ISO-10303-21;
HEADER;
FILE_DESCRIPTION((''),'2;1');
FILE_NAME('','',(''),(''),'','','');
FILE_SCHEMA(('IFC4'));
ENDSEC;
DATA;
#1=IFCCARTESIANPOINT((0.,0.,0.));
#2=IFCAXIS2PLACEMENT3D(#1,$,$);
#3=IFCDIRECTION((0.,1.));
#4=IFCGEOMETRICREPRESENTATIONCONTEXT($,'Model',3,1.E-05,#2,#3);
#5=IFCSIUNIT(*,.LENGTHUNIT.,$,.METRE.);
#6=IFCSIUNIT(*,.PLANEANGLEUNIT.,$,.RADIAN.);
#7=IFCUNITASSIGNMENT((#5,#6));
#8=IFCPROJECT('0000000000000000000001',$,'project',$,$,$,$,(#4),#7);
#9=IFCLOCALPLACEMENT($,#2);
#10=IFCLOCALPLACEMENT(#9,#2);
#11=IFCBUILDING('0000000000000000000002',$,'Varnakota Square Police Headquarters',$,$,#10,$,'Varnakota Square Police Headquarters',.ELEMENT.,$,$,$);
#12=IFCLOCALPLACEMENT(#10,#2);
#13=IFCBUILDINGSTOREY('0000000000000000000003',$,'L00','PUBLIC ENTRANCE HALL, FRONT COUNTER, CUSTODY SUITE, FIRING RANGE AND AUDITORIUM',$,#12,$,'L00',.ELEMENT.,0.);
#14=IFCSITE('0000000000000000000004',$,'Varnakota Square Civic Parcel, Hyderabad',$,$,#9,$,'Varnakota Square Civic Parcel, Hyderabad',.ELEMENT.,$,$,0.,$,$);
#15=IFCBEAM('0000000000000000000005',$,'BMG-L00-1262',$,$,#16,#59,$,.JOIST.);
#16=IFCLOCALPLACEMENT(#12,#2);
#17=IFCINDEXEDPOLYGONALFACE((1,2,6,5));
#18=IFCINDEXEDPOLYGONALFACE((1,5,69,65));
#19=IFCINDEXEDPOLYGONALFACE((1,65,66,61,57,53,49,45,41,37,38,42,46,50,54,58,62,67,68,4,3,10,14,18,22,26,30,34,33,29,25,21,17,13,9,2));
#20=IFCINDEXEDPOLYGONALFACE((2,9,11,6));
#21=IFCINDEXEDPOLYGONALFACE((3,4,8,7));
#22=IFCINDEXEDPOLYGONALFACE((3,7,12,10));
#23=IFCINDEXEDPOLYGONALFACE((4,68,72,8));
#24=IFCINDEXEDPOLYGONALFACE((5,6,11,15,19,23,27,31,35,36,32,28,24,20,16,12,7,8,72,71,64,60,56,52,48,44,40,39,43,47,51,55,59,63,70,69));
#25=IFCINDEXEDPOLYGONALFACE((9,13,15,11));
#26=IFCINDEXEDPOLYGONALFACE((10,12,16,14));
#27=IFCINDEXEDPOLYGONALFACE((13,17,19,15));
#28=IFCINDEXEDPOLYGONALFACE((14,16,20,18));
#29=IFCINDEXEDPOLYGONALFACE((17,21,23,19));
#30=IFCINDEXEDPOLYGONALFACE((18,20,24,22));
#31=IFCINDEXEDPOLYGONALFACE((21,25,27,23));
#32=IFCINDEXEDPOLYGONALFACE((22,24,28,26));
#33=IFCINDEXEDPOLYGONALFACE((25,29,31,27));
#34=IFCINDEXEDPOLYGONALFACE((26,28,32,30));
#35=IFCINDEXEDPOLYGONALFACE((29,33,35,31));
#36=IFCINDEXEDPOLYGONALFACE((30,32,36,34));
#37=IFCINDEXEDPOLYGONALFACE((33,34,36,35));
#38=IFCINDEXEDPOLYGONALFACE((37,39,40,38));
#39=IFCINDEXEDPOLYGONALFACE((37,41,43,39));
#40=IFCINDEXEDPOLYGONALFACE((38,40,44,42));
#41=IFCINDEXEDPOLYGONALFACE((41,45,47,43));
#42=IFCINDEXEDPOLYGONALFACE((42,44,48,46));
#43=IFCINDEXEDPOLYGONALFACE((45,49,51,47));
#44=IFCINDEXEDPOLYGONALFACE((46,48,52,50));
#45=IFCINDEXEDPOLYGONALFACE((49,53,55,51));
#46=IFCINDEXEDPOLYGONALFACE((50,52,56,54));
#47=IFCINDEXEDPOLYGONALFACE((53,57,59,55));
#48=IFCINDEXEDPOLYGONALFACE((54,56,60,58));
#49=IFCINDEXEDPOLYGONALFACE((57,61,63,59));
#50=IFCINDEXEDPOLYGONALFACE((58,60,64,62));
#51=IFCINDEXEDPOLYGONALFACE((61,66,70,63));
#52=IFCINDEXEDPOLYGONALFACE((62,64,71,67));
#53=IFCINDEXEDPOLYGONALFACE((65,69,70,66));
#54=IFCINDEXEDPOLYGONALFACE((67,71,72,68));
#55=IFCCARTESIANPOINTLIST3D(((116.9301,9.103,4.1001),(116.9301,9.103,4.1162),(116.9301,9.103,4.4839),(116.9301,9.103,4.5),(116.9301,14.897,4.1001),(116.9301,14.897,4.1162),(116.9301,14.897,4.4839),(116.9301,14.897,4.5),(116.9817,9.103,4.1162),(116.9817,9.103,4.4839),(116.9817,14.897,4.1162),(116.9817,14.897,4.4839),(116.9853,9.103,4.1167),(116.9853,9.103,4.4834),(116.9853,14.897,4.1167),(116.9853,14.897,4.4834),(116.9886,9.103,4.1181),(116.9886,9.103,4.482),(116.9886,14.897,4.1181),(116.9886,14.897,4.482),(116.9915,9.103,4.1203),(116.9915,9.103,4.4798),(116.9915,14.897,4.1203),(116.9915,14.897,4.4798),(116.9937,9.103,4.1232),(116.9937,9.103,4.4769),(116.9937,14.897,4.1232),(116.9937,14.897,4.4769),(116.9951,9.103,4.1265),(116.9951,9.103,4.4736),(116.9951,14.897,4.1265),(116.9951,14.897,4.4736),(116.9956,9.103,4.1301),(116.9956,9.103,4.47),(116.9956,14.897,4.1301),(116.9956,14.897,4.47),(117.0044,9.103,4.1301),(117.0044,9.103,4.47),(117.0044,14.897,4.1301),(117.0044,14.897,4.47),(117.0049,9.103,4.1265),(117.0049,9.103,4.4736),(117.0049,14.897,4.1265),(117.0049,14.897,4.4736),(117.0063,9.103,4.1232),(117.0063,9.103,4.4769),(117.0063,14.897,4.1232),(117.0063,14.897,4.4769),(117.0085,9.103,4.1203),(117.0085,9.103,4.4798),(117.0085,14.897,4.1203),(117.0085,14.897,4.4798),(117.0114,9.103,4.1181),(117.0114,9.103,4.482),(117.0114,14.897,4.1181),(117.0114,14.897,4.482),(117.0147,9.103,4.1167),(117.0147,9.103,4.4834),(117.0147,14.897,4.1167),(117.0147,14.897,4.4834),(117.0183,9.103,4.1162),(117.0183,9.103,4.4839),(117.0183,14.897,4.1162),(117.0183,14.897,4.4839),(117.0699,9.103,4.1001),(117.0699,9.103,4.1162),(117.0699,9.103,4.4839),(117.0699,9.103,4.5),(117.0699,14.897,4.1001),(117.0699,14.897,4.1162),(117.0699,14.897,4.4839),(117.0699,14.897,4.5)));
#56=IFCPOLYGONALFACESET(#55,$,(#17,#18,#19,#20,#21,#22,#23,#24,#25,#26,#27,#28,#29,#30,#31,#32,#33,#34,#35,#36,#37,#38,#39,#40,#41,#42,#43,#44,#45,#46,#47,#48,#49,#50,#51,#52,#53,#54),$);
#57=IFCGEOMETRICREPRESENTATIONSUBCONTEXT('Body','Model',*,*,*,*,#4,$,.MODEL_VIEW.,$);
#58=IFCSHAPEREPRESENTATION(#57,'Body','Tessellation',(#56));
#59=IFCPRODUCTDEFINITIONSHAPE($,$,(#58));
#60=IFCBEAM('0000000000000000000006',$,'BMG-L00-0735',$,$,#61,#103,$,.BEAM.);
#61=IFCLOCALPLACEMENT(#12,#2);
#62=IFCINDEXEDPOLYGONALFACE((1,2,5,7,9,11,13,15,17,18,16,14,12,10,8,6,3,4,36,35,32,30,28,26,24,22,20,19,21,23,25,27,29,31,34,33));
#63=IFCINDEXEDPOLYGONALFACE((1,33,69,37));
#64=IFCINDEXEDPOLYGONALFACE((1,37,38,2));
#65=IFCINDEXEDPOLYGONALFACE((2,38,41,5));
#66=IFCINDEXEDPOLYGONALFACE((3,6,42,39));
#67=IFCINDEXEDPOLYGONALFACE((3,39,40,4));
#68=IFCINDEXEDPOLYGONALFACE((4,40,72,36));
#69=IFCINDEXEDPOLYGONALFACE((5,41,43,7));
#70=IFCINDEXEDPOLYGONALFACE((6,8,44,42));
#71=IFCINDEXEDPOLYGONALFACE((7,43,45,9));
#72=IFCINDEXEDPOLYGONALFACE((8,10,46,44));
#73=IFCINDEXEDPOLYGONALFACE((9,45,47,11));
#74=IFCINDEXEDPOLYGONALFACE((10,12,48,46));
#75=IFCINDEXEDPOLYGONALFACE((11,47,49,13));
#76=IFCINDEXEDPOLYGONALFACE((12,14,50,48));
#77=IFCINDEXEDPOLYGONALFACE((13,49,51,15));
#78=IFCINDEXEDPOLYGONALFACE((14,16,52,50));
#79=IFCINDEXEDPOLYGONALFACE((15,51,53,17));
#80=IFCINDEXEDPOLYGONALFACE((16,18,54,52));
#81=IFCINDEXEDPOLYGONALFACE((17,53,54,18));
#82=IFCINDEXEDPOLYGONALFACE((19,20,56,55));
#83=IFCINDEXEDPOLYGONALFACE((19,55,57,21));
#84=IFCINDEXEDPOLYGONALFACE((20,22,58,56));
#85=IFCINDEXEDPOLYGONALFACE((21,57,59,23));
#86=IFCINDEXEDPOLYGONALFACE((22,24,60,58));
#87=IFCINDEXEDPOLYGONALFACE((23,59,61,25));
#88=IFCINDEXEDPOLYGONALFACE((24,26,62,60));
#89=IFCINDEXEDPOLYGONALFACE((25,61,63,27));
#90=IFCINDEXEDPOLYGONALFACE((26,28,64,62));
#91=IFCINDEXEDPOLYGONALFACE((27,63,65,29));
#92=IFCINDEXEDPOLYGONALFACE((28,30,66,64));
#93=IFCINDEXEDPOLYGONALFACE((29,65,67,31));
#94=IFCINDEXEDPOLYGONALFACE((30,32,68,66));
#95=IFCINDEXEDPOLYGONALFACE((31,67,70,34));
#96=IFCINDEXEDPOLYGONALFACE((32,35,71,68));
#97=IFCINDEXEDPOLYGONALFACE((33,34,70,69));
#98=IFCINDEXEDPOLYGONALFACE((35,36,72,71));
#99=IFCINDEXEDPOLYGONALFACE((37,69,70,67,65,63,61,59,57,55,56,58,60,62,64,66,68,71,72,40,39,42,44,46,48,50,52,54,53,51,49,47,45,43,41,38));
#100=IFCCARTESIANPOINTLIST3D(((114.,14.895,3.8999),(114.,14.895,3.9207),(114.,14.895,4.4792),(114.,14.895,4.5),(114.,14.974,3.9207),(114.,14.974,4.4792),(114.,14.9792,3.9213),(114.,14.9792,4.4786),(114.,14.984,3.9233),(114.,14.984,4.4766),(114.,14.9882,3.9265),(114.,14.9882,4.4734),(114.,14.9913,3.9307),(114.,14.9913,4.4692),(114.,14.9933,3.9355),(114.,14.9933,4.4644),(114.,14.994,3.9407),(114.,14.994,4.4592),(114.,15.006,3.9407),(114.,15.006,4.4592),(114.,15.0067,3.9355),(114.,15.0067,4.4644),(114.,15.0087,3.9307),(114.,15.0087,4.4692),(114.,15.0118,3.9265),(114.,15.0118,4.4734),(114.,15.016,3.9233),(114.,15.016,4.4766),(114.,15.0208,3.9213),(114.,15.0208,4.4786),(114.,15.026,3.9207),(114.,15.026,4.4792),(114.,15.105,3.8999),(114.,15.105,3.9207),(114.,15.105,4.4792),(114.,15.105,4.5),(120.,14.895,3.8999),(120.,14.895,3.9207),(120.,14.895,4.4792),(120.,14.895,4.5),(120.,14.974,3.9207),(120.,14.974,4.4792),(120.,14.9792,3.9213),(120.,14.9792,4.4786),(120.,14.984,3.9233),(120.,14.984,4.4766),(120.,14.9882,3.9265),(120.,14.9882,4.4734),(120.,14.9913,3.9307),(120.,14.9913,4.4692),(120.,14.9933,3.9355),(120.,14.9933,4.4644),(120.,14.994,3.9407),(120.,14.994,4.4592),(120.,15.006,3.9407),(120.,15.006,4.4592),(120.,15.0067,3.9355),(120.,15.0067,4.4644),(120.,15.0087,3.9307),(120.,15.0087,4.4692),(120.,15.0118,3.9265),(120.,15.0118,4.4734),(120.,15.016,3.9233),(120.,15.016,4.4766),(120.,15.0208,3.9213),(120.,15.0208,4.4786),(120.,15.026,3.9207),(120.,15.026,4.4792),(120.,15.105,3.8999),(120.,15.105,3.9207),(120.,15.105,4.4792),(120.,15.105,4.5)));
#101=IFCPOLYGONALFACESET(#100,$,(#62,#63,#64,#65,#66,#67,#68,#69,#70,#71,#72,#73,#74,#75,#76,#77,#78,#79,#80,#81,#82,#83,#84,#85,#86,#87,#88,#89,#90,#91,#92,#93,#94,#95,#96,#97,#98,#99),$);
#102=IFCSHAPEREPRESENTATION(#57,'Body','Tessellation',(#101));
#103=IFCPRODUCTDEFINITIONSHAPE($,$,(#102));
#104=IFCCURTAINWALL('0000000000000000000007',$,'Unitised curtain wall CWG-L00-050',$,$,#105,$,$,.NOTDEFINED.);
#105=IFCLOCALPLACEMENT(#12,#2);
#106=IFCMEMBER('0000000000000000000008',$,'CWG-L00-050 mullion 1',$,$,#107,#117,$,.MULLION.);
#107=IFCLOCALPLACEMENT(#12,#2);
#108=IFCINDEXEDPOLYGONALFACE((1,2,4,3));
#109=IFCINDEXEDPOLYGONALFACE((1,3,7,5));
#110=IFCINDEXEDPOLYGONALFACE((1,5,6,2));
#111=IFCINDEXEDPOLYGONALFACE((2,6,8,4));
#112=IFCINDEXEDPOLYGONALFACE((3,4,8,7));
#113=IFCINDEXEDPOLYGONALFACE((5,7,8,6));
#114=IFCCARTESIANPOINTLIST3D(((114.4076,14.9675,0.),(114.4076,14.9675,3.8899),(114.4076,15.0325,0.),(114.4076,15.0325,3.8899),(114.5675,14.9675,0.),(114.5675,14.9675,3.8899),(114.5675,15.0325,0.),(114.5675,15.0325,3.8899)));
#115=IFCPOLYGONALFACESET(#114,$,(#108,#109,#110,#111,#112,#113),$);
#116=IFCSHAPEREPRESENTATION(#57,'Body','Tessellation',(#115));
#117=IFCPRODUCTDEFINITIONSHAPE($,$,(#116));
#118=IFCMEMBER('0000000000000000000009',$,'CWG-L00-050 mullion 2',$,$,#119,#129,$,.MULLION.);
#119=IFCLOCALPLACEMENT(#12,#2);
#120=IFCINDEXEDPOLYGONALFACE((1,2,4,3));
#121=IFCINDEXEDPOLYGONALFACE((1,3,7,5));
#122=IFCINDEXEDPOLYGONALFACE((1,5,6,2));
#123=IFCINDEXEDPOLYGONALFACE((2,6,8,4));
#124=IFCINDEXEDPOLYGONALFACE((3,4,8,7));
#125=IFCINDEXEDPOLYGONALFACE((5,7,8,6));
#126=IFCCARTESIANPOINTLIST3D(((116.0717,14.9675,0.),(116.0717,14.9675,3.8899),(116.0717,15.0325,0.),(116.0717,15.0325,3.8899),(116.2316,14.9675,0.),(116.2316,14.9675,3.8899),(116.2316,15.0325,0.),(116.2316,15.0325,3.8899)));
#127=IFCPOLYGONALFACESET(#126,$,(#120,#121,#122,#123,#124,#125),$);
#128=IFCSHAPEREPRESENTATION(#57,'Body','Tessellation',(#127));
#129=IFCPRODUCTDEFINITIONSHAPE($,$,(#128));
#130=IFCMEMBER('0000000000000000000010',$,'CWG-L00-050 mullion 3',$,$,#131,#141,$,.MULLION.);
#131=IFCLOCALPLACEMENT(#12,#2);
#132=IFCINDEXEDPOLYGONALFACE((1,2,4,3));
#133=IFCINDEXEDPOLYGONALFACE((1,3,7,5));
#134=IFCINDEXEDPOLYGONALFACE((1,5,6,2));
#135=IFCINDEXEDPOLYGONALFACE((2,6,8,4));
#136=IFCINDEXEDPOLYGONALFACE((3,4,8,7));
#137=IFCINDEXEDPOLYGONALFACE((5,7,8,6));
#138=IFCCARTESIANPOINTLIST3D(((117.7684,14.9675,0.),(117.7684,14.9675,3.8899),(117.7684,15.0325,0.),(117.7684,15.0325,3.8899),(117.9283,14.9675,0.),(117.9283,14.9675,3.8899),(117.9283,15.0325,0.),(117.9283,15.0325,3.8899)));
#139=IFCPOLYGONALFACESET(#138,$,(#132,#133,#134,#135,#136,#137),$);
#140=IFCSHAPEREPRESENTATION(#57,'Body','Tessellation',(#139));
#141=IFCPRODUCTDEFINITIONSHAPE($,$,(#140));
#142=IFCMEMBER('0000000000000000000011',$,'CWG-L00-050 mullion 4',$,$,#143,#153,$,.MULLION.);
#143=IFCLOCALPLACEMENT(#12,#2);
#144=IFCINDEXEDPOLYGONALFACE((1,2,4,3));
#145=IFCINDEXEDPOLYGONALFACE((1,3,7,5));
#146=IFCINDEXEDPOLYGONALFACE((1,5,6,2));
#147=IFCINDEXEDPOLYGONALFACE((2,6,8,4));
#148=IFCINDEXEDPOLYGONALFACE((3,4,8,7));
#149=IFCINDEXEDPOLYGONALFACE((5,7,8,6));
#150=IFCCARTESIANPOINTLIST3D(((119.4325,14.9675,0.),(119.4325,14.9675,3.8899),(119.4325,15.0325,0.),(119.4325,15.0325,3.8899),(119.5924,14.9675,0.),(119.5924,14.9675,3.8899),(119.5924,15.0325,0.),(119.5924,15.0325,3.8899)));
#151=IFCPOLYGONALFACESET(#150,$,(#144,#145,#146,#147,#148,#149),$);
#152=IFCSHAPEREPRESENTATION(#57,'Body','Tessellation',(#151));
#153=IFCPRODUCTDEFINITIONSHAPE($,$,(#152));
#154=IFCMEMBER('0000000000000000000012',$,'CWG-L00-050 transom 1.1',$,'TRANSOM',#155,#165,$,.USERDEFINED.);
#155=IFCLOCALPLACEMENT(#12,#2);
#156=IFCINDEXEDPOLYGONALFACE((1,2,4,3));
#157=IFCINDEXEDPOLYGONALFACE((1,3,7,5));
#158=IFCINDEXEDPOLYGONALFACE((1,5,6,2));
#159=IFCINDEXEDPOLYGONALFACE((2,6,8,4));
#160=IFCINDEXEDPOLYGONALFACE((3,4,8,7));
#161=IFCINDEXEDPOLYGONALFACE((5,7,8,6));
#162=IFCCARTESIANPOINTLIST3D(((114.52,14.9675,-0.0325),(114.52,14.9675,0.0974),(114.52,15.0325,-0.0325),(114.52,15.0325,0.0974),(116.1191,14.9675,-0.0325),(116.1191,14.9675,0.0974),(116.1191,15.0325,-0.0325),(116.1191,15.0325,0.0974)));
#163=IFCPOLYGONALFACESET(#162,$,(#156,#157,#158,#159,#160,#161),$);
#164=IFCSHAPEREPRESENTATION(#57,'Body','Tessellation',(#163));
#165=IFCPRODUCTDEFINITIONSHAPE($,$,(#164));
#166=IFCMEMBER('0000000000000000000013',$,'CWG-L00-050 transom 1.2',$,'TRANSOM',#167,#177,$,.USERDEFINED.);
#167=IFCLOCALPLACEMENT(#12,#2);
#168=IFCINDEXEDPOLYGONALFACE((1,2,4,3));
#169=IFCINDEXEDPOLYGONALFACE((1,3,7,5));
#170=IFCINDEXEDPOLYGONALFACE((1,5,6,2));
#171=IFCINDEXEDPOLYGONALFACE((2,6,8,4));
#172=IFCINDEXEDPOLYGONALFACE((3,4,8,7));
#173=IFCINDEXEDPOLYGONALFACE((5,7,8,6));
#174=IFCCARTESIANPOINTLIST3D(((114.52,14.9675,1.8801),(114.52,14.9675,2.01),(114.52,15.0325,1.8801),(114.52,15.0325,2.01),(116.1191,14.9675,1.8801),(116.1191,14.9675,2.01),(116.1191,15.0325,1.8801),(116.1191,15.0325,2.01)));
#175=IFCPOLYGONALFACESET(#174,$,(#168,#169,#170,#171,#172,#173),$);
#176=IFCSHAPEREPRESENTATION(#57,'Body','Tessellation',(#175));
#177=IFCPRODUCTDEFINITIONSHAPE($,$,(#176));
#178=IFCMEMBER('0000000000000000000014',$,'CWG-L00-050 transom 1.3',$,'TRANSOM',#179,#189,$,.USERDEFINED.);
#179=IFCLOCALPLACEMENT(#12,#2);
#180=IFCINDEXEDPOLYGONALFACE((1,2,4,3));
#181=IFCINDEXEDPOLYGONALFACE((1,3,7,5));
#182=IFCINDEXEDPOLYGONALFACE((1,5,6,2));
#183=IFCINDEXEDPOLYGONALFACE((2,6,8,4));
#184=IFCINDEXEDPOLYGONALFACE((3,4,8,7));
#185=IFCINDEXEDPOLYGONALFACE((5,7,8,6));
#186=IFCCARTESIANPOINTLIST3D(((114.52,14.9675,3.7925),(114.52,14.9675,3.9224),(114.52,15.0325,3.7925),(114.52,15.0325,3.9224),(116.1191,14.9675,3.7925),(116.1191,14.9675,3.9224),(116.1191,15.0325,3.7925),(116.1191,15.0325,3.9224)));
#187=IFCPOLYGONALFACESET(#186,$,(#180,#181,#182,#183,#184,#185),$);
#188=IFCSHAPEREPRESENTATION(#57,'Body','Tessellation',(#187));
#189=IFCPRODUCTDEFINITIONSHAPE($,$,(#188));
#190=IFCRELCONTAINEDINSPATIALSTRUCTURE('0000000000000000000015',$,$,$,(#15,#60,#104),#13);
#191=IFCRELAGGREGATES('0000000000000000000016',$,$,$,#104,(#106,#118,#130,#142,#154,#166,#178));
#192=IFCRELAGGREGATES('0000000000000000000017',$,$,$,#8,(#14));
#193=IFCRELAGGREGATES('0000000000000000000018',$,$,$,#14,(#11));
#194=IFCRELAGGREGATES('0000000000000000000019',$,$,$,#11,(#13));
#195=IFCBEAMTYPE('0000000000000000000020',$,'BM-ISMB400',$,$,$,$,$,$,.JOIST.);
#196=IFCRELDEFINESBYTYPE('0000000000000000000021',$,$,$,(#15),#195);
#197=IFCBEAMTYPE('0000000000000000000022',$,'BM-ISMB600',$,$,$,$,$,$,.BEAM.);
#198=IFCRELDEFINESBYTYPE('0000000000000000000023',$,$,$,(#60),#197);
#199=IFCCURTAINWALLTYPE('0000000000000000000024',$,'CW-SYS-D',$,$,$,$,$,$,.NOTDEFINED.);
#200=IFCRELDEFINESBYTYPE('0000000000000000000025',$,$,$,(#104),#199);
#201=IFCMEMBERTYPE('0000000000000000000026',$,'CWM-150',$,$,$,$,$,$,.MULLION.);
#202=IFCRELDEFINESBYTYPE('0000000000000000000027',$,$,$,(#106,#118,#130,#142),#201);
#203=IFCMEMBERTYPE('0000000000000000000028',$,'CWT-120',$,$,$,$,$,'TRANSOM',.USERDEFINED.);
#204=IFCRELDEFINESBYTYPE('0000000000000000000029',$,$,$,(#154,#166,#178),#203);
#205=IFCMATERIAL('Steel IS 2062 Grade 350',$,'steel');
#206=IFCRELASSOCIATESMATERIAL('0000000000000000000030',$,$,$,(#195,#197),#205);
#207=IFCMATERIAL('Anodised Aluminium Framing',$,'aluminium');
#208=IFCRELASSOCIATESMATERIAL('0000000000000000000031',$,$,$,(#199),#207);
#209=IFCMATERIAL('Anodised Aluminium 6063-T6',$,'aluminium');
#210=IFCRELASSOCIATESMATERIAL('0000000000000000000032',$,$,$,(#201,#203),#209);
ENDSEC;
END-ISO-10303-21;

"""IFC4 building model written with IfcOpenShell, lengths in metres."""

from ifc_helpers import new_model, si_unit, direction, frame, origin, origin_2d, place, context, subcontext, project, spatial, rectangle, i_section, extrude, material, material_profile, profile_set, type_object, element, aggregate, save


model = new_model("IFC4")

# Units and contexts
model_context = context("Model", 3, precision=1e-05, world=origin(), true_north=direction((0.0, 1.0)))
body_context = subcontext(model_context, "Body", "Model", "MODEL_VIEW")
ifc_project = project(units=[si_unit("LENGTHUNIT", "METRE"), si_unit("PLANEANGLEUNIT", "RADIAN")], contexts=[model_context])

# Site, building, storey
site_placement = place(None, origin())
site = spatial("IfcSite", under=ifc_project, at=site_placement, Name="Varnakota Square Civic Parcel, Hyderabad", LongName="Varnakota Square Civic Parcel, Hyderabad", CompositionType="ELEMENT", RefElevation=0.0)
building_placement = place(site_placement, origin())
building = spatial("IfcBuilding", under=site, at=building_placement, Name="Varnakota Square Police Headquarters", LongName="Varnakota Square Police Headquarters", CompositionType="ELEMENT")
storey_placement = place(building_placement, origin())
storey = spatial("IfcBuildingStorey", under=building, at=storey_placement, Name="L00", Description="PUBLIC ENTRANCE HALL, FRONT COUNTER, CUSTODY SUITE, FIRING RANGE AND AUDITORIUM", LongName="L00", CompositionType="ELEMENT", Elevation=0.0)

# Beams
ifc_material_1 = material(Name="Steel IS 2062 Grade 350", Category="steel")
ifc_material_profile_1 = material_profile(ifc_material_1, i_section(OverallWidth=0.1399, OverallDepth=0.3999, WebThickness=0.0088, FlangeThickness=0.0161, FilletRadius=0.0139, at=origin_2d()), Name="ISMB 400")
ifc_profile_set_1 = profile_set([ifc_material_profile_1], Name="Steel IS 2062 Grade 350")
beam_type_1 = type_object("IfcBeamType", Name="BM-ISMB400", PredefinedType="JOIST", material=ifc_profile_set_1)
beam_1_placement = place(storey_placement, frame((117.0, 9.103, 4.3), z_axis=(0.0, 1.0, 0.0), x_axis=(-1.0, 0.0, 0.0)))
element("IfcBeam", 1, at=beam_1_placement, inside=storey, type_object=beam_type_1, Name="BMG-L00-1262", PredefinedType="JOIST", context=body_context, shape_type="SweptSolid", body=[
    extrude(i_section(OverallWidth=0.1399, OverallDepth=0.3999, WebThickness=0.0088, FlangeThickness=0.0161, FilletRadius=0.0139, at=origin_2d()), origin(), (0.0, 0.0, 1.0), 5.7939),
])
ifc_material_profile_2 = material_profile(ifc_material_1, i_section(OverallWidth=0.21, OverallDepth=0.6001, WebThickness=0.012, FlangeThickness=0.0208, FilletRadius=0.02, at=origin_2d()), Name="ISMB 600")
ifc_profile_set_2 = profile_set([ifc_material_profile_2], Name="Steel IS 2062 Grade 350")
beam_type_2 = type_object("IfcBeamType", Name="BM-ISMB600", PredefinedType="BEAM", material=ifc_profile_set_2)
beam_2_placement = place(storey_placement, frame((114.0, 15.0, 4.2), z_axis=(1.0, 0.0, 0.0), x_axis=(0.0, 1.0, 0.0)))
element("IfcBeam", 2, at=beam_2_placement, inside=storey, type_object=beam_type_2, Name="BMG-L00-0735", PredefinedType="BEAM", context=body_context, shape_type="SweptSolid", body=[
    extrude(i_section(OverallWidth=0.21, OverallDepth=0.6001, WebThickness=0.012, FlangeThickness=0.0208, FilletRadius=0.02, at=origin_2d()), origin(), (0.0, 0.0, 1.0), 6.0),
])

# Curtain wall, members
ifc_material_2 = material(Name="Anodised Aluminium Framing", Category="aluminium")
curtain_wall_type = type_object("IfcCurtainWallType", Name="CW-SYS-D", PredefinedType="NOTDEFINED", material=ifc_material_2)
curtain_wall_placement = place(storey_placement, origin())
curtain_wall = element("IfcCurtainWall", 3, at=curtain_wall_placement, inside=storey, type_object=curtain_wall_type, Name="Unitised curtain wall CWG-L00-050", PredefinedType="NOTDEFINED")
ifc_material_3 = material(Name="Anodised Aluminium 6063-T6", Category="aluminium")
ifc_material_profile_3 = material_profile(ifc_material_3, rectangle(XDim=0.0649, YDim=0.1599, at=origin_2d()), Name="ALU MULLION 65x160")
ifc_profile_set_3 = profile_set([ifc_material_profile_3], Name="Anodised Aluminium 6063-T6")
member_type_1 = type_object("IfcMemberType", Name="CWM-150", PredefinedType="MULLION", material=ifc_profile_set_3)
member_1_placement = place(storey_placement, frame((114.4875, 15.0, 0.0), z_axis=(0.0, 0.0, 1.0), x_axis=(0.0, 1.0, 0.0)))
member_1 = element("IfcMember", 4, at=member_1_placement, type_object=member_type_1, Name="CWG-L00-050 mullion 1", PredefinedType="MULLION", context=body_context, shape_type="SweptSolid", body=[
    extrude(rectangle(XDim=0.0649, YDim=0.1599, at=origin_2d()), origin(), (0.0, 0.0, 1.0), 3.8899),
])
member_2_placement = place(storey_placement, frame((116.1516, 15.0, 0.0), z_axis=(0.0, 0.0, 1.0), x_axis=(0.0, 1.0, 0.0)))
member_2 = element("IfcMember", 5, at=member_2_placement, type_object=member_type_1, Name="CWG-L00-050 mullion 2", PredefinedType="MULLION", context=body_context, shape_type="SweptSolid", body=[
    extrude(rectangle(XDim=0.0649, YDim=0.1599, at=origin_2d()), origin(), (0.0, 0.0, 1.0), 3.8899),
])
member_3_placement = place(storey_placement, frame((117.8484, 15.0, 0.0), z_axis=(0.0, 0.0, 1.0), x_axis=(0.0, 1.0, 0.0)))
member_3 = element("IfcMember", 6, at=member_3_placement, type_object=member_type_1, Name="CWG-L00-050 mullion 3", PredefinedType="MULLION", context=body_context, shape_type="SweptSolid", body=[
    extrude(rectangle(XDim=0.0649, YDim=0.1599, at=origin_2d()), origin(), (0.0, 0.0, 1.0), 3.8899),
])
member_4_placement = place(storey_placement, frame((119.5125, 15.0, 0.0), z_axis=(0.0, 0.0, 1.0), x_axis=(0.0, 1.0, 0.0)))
member_4 = element("IfcMember", 7, at=member_4_placement, type_object=member_type_1, Name="CWG-L00-050 mullion 4", PredefinedType="MULLION", context=body_context, shape_type="SweptSolid", body=[
    extrude(rectangle(XDim=0.0649, YDim=0.1599, at=origin_2d()), origin(), (0.0, 0.0, 1.0), 3.8899),
])
ifc_material_profile_4 = material_profile(ifc_material_3, rectangle(XDim=0.0649, YDim=0.1299, at=origin_2d()), Name="ALU TRANSOM 65x130")
ifc_profile_set_4 = profile_set([ifc_material_profile_4], Name="Anodised Aluminium 6063-T6")
member_type_2 = type_object("IfcMemberType", Name="CWT-120", ElementType="TRANSOM", PredefinedType="USERDEFINED", material=ifc_profile_set_4)
member_5_placement = place(storey_placement, frame((114.52, 15.0, 0.0325), z_axis=(1.0, 0.0, 0.0), x_axis=(0.0, 1.0, 0.0)))
member_5 = element("IfcMember", 8, at=member_5_placement, type_object=member_type_2, Name="CWG-L00-050 transom 1.1", ObjectType="TRANSOM", PredefinedType="USERDEFINED", context=body_context, shape_type="SweptSolid", body=[
    extrude(rectangle(XDim=0.0649, YDim=0.1299, at=origin_2d()), origin(), (0.0, 0.0, 1.0), 1.5991),
])
member_6_placement = place(storey_placement, frame((114.52, 15.0, 1.9451), z_axis=(1.0, 0.0, 0.0), x_axis=(0.0, 1.0, 0.0)))
member_6 = element("IfcMember", 9, at=member_6_placement, type_object=member_type_2, Name="CWG-L00-050 transom 1.2", ObjectType="TRANSOM", PredefinedType="USERDEFINED", context=body_context, shape_type="SweptSolid", body=[
    extrude(rectangle(XDim=0.0649, YDim=0.1299, at=origin_2d()), origin(), (0.0, 0.0, 1.0), 1.5991),
])
member_7_placement = place(storey_placement, frame((114.52, 15.0, 3.8574), z_axis=(1.0, 0.0, 0.0), x_axis=(0.0, 1.0, 0.0)))
member_7 = element("IfcMember", 10, at=member_7_placement, type_object=member_type_2, Name="CWG-L00-050 transom 1.3", ObjectType="TRANSOM", PredefinedType="USERDEFINED", context=body_context, shape_type="SweptSolid", body=[
    extrude(rectangle(XDim=0.0649, YDim=0.1299, at=origin_2d()), origin(), (0.0, 0.0, 1.0), 1.5991),
])
aggregate(curtain_wall, [member_1, member_2, member_3, member_4, member_5, member_6, member_7])

save(model, "model.ifc")
